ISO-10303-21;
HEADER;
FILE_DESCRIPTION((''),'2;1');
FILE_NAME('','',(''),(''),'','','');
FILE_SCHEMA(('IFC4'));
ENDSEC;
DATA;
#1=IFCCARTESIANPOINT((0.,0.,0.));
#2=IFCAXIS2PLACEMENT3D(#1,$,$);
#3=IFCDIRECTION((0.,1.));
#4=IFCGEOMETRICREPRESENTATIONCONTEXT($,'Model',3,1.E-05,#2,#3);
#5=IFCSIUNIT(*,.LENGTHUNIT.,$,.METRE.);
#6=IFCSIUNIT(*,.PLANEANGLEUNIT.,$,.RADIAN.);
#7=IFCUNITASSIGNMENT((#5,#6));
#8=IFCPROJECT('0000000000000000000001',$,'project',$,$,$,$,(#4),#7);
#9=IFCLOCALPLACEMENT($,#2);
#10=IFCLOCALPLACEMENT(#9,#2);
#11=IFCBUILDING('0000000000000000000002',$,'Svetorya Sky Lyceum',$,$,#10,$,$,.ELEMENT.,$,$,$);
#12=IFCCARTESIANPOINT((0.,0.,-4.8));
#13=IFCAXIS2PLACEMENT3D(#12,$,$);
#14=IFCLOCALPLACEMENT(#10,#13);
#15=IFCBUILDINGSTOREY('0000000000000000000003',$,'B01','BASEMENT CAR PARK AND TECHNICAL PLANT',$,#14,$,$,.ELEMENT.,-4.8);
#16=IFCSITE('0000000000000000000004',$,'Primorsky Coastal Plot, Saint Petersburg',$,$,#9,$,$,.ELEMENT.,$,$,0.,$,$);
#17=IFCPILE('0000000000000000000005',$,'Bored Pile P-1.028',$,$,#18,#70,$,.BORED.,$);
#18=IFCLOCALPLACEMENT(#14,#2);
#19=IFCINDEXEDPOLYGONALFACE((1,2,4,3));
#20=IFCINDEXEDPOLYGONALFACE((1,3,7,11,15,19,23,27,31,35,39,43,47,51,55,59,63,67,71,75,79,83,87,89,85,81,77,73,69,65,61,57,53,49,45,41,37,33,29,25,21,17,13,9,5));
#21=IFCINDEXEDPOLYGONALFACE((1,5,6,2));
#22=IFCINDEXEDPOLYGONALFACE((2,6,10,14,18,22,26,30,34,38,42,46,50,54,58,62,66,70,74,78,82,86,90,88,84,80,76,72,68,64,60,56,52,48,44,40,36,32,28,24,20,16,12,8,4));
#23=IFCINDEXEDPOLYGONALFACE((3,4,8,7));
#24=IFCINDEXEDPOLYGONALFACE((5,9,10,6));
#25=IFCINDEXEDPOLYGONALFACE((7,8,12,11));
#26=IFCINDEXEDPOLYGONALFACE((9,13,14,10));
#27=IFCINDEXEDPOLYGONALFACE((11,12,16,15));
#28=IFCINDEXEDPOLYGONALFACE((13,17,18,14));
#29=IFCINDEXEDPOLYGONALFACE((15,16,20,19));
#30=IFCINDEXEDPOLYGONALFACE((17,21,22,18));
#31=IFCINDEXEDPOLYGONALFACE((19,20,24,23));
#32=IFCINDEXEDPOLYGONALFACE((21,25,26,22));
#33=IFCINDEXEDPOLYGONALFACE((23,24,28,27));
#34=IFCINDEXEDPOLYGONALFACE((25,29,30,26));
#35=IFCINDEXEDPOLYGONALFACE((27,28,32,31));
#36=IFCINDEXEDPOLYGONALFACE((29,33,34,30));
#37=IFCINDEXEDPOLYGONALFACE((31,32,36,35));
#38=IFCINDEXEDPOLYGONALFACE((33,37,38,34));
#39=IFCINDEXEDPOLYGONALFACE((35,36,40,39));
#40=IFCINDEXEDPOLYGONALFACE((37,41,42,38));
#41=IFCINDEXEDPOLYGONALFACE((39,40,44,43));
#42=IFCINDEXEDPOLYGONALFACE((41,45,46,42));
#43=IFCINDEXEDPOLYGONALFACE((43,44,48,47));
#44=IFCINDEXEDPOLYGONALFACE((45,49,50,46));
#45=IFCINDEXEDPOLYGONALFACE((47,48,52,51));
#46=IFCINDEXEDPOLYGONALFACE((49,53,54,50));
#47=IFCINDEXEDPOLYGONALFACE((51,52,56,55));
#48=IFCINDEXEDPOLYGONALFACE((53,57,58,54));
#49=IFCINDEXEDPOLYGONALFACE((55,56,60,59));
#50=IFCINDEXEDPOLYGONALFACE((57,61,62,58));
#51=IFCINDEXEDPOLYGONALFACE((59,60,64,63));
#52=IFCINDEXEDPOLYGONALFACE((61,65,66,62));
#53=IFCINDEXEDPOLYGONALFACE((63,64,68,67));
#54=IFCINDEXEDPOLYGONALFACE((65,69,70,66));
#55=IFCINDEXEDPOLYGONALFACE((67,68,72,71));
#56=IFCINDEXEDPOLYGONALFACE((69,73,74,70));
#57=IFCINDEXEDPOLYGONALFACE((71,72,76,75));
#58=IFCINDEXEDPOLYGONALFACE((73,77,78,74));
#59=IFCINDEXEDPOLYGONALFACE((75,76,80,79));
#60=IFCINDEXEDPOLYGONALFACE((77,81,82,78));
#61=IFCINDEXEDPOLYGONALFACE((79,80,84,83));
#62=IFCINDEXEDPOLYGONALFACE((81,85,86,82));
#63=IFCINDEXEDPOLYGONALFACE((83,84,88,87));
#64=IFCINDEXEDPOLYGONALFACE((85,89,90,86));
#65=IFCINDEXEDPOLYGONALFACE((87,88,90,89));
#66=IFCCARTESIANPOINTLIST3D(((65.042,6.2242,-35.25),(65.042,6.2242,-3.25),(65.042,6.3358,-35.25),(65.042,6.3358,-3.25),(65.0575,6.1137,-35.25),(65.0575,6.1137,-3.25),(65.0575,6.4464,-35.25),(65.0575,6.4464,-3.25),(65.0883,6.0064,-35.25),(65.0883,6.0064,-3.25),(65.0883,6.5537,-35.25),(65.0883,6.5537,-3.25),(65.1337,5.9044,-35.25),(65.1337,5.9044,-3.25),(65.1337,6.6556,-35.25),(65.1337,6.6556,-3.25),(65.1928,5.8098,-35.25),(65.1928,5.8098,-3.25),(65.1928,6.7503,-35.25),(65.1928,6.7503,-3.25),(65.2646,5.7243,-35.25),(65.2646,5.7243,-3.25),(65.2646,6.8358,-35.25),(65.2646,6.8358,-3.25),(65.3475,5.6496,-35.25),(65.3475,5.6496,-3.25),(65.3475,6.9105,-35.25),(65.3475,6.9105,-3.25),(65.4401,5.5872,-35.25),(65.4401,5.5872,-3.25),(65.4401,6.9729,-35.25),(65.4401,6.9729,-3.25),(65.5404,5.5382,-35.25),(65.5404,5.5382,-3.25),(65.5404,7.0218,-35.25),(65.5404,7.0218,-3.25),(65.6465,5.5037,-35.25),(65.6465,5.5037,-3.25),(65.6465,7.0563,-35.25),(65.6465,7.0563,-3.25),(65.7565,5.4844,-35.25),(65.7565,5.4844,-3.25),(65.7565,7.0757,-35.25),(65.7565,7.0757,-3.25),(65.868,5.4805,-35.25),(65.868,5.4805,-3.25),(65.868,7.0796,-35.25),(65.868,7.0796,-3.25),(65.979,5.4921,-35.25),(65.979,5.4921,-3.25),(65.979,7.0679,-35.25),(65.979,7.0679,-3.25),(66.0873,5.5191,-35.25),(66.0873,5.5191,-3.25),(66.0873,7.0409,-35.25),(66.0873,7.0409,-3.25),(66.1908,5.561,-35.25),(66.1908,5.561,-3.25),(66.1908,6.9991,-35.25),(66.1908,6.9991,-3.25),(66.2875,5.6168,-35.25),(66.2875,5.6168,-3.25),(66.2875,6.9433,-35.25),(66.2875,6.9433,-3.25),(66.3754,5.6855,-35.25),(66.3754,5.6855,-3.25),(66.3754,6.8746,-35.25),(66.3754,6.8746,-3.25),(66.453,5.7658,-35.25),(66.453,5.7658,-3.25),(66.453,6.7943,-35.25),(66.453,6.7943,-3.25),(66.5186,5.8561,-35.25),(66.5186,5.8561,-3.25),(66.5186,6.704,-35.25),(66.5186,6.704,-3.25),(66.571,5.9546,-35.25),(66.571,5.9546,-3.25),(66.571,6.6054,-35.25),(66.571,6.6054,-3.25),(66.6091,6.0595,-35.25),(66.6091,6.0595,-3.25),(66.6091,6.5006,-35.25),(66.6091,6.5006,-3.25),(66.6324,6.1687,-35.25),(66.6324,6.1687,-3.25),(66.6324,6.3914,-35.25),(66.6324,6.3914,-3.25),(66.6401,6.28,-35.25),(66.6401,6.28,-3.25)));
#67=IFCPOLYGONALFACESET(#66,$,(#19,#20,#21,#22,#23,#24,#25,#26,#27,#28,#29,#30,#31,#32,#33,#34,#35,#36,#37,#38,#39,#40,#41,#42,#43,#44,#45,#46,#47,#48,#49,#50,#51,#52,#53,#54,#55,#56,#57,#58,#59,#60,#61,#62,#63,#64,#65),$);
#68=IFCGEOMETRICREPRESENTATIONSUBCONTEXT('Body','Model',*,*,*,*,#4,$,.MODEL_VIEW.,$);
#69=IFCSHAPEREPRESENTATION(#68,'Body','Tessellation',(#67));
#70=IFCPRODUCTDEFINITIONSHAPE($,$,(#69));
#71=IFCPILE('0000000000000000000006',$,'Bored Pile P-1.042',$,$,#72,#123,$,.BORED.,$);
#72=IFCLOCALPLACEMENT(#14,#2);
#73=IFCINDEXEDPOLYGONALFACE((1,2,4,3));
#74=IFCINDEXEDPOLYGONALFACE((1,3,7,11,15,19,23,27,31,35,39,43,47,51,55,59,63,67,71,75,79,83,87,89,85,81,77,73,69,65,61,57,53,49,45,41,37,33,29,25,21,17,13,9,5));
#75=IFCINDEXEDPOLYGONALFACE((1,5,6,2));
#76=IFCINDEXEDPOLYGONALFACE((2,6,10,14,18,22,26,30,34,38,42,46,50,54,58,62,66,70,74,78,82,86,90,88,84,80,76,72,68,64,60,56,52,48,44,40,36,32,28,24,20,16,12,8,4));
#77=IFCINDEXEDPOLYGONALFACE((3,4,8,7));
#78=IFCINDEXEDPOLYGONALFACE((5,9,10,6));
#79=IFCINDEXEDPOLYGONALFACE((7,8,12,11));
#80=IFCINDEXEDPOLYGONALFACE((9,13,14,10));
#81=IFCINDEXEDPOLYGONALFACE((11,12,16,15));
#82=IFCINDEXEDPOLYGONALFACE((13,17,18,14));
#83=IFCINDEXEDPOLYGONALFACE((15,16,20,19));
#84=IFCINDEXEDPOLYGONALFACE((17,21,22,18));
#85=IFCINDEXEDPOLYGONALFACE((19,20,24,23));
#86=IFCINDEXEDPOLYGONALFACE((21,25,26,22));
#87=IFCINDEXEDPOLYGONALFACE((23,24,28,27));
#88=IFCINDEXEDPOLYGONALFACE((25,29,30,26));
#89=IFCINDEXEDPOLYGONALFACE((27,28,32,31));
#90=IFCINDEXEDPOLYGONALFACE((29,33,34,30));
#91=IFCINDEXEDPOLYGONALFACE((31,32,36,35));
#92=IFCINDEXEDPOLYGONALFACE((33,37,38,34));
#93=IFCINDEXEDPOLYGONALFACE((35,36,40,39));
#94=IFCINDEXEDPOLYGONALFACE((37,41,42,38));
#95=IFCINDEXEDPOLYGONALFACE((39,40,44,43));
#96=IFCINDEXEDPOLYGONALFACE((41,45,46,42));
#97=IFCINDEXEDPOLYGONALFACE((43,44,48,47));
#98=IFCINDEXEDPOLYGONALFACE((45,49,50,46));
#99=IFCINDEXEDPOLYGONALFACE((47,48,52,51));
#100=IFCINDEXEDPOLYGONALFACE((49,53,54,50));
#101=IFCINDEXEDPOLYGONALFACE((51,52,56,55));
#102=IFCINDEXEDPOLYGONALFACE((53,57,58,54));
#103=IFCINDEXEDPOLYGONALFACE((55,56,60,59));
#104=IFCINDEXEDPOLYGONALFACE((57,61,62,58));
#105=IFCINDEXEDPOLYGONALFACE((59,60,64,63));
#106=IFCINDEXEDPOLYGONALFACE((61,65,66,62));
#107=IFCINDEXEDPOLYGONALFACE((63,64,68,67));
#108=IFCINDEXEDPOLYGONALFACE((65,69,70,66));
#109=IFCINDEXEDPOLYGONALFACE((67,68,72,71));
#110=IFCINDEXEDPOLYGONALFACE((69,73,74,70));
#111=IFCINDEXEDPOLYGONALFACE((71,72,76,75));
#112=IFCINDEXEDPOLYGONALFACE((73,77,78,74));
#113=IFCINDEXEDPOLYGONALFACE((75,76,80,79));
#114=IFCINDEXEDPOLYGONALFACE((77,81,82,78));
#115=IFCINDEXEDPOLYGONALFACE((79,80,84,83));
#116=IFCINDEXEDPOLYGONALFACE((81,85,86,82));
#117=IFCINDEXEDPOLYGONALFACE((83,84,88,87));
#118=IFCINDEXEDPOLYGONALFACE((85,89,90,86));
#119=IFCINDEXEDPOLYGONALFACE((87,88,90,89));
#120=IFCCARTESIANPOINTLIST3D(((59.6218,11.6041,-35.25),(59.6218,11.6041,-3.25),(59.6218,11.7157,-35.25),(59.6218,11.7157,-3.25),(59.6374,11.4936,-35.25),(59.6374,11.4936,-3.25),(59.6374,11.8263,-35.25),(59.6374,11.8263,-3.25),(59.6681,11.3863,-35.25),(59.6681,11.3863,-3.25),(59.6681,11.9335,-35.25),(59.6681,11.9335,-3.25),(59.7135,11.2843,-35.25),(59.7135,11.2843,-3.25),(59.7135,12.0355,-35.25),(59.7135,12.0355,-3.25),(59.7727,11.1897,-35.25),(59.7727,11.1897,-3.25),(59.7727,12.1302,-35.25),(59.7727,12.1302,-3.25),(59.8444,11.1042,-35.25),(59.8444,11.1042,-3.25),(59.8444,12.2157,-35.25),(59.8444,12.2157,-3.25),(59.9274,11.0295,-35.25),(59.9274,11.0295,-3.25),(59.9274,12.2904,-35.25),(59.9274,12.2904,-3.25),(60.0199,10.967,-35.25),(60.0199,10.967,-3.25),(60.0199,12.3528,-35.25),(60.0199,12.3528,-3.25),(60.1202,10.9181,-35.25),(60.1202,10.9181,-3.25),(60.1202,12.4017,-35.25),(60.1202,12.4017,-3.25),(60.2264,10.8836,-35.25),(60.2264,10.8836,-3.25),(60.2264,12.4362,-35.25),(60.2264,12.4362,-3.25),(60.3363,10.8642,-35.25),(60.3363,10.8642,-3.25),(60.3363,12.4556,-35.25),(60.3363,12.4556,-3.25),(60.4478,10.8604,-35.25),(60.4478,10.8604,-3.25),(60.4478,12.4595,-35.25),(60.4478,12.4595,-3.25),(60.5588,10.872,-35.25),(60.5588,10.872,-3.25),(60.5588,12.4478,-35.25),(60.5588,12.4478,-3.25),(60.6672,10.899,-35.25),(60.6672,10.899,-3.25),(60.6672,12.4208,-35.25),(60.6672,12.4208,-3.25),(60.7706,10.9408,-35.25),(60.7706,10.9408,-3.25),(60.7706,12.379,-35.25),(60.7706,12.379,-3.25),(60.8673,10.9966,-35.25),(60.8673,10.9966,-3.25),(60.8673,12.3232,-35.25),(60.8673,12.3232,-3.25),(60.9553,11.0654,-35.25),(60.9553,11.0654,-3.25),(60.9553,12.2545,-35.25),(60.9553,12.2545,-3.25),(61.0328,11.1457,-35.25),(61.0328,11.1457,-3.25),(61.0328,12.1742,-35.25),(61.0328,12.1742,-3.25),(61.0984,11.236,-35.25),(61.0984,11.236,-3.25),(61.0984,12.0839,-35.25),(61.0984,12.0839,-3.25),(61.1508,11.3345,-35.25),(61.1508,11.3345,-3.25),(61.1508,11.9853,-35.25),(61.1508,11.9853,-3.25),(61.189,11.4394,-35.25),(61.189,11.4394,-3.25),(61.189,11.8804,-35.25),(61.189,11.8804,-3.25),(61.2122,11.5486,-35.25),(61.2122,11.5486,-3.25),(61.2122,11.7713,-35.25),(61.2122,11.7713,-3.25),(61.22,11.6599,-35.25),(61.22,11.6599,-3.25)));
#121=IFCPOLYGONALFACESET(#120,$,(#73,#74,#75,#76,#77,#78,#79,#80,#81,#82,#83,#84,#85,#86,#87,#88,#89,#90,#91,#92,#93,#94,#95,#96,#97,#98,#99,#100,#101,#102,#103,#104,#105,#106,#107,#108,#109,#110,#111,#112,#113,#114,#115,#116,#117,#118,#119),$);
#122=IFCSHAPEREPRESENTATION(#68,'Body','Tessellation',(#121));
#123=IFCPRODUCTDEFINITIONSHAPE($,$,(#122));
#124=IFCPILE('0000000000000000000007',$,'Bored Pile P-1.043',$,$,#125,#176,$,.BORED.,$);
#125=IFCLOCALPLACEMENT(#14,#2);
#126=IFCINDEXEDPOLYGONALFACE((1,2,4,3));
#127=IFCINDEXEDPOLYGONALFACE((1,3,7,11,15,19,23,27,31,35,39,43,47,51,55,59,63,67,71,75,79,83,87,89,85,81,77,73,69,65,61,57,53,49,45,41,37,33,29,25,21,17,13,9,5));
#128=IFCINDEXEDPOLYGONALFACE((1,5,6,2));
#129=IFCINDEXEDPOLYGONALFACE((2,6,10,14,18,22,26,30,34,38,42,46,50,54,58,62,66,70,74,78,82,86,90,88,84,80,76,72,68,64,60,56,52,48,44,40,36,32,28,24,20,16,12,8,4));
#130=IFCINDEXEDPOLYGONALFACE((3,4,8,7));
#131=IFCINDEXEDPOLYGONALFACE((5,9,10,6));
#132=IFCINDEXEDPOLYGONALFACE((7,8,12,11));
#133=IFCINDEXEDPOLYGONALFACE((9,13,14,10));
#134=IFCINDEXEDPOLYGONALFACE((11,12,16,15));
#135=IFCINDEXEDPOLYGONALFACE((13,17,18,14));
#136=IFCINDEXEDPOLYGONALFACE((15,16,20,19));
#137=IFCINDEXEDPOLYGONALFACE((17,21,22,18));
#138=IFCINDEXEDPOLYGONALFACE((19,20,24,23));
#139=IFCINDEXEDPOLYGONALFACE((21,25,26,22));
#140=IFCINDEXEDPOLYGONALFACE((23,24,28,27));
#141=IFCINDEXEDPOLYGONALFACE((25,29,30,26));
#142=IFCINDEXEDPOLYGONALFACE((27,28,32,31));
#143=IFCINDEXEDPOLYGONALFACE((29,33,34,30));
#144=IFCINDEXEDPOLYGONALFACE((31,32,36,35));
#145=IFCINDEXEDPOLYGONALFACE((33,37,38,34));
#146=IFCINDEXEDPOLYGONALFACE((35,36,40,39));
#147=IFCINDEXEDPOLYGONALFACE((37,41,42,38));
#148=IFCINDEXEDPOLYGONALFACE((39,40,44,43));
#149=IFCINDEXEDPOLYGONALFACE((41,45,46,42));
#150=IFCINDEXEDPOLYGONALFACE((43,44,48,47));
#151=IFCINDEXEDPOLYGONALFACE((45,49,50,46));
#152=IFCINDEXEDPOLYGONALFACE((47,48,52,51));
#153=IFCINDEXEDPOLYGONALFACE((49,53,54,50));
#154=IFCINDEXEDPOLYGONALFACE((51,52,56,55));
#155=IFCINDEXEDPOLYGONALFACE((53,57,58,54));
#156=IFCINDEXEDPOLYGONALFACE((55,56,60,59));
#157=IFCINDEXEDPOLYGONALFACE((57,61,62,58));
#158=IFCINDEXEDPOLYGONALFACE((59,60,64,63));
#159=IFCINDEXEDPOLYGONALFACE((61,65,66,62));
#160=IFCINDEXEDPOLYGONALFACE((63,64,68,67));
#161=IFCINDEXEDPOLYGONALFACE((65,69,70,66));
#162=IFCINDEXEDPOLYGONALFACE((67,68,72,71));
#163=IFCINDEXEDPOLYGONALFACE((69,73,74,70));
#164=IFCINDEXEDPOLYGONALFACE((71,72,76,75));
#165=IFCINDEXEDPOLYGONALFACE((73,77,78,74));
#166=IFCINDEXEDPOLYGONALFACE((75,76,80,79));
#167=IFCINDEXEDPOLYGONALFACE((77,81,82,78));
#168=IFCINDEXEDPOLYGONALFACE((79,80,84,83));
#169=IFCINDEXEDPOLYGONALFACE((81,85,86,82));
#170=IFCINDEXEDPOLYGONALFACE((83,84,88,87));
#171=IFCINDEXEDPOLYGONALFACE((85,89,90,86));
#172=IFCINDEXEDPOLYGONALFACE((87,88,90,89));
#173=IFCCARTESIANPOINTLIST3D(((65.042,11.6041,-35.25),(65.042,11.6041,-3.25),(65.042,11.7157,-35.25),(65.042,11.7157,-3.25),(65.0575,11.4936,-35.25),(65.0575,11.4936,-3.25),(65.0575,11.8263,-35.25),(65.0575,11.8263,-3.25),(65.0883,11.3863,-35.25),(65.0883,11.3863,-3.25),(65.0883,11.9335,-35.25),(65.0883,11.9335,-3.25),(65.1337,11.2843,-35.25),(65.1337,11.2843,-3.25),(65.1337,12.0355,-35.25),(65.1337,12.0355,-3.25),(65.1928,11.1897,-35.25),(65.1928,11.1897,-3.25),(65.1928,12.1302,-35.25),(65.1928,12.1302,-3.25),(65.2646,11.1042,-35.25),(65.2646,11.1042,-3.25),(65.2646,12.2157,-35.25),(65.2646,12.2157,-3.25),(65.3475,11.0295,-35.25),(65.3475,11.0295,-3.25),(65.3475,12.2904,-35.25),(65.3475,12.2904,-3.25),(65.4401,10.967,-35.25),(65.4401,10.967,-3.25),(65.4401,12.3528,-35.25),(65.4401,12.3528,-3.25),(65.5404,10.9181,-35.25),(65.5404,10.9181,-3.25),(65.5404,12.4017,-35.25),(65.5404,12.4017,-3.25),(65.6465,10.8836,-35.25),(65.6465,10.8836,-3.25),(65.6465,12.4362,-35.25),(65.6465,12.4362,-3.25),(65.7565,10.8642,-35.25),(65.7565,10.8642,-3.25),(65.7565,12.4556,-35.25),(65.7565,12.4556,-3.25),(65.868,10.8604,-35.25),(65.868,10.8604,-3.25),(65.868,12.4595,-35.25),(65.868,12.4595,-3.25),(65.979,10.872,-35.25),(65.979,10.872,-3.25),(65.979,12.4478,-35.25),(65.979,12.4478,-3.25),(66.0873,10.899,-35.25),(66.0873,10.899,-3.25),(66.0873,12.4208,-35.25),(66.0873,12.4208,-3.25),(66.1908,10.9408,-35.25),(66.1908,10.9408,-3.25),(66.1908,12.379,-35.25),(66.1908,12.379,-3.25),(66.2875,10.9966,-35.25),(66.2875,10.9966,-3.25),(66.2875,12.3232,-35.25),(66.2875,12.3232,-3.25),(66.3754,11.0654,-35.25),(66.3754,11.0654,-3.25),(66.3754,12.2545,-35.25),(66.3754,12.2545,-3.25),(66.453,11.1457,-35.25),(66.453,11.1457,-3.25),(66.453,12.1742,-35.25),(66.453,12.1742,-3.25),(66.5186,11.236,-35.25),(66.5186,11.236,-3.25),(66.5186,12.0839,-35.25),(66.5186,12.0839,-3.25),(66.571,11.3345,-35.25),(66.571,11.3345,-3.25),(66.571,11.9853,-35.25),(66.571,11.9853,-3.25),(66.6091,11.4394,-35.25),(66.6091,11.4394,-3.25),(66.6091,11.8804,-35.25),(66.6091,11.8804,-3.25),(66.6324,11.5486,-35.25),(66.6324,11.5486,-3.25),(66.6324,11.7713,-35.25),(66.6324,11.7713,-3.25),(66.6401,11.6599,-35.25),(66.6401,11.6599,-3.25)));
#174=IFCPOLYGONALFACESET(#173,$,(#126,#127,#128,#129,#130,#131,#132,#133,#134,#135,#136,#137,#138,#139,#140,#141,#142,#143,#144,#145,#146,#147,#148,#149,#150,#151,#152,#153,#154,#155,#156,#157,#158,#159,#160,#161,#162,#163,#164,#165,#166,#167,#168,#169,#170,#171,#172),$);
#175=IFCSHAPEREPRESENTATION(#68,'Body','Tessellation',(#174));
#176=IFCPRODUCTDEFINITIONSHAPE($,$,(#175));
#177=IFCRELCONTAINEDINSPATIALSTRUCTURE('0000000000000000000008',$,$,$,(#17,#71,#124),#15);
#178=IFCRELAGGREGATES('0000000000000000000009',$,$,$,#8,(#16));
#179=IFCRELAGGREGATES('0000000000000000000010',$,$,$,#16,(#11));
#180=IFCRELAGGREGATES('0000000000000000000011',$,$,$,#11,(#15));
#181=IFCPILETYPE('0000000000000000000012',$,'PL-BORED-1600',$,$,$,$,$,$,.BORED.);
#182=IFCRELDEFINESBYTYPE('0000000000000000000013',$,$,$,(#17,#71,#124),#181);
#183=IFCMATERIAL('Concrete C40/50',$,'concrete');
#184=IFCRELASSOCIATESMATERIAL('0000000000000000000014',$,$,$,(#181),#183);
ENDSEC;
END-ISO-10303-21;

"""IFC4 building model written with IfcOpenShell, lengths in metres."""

from ifc_helpers import new_model, si_unit, direction, frame, origin, origin_2d, place, context, subcontext, project, spatial, circle, extrude, material, material_profile, profile_set, type_object, element, save


model = new_model("IFC4")

# Units and contexts
model_context = context("Model", 3, precision=1e-05, world=origin(), true_north=direction((0.0, 1.0)))
body_context = subcontext(model_context, "Body", "Model", "MODEL_VIEW")
ifc_project = project(units=[si_unit("LENGTHUNIT", "METRE"), si_unit("PLANEANGLEUNIT", "RADIAN")], contexts=[model_context])

# Site, building, storey
site_placement = place(None, origin())
site = spatial("IfcSite", under=ifc_project, at=site_placement, Name="Primorsky Coastal Plot, Saint Petersburg", CompositionType="ELEMENT", RefElevation=0.0)
building_placement = place(site_placement, origin())
building = spatial("IfcBuilding", under=site, at=building_placement, Name="Svetorya Sky Lyceum", CompositionType="ELEMENT")
storey_placement = place(building_placement, frame((0.0, 0.0, -4.8)))
storey = spatial("IfcBuildingStorey", under=building, at=storey_placement, Name="B01", Description="BASEMENT CAR PARK AND TECHNICAL PLANT", CompositionType="ELEMENT", Elevation=-4.8)

# Piles
ifc_material_1 = material(Name="Concrete C40/50", Category="concrete")
ifc_material_profile_1 = material_profile(ifc_material_1, circle(Radius=0.8, at=origin_2d()), Name="RC PILE D1600")
ifc_profile_set_1 = profile_set([ifc_material_profile_1], Name="Concrete C40/50")
pile_type = type_object("IfcPileType", Name="PL-BORED-1600", PredefinedType="BORED", material=ifc_profile_set_1)
for number, where, z_axis, x_axis, name in (
    (1, (65.8401, 6.28, -3.25), (0.0, 0.0, -1.0), (1.0, 0.0, 0.0), "Bored Pile P-1.028"),
    (2, (60.4199, 11.6599, -3.25), (0.0, 0.0, -1.0), (1.0, 0.0, 0.0), "Bored Pile P-1.042"),
    (3, (65.8401, 11.6599, -3.25), (0.0, 0.0, -1.0), (1.0, 0.0, 0.0), "Bored Pile P-1.043"),
):
    element("IfcPile", number, at=place(storey_placement, frame(where, z_axis=z_axis, x_axis=x_axis)), inside=storey, type_object=pile_type, Name=name, PredefinedType="BORED", context=body_context, shape_type="SweptSolid", body=[
        extrude(circle(Radius=0.8, at=origin_2d()), origin(), (0.0, 0.0, 1.0), 32.0),
    ])

save(model, "model.ifc")
